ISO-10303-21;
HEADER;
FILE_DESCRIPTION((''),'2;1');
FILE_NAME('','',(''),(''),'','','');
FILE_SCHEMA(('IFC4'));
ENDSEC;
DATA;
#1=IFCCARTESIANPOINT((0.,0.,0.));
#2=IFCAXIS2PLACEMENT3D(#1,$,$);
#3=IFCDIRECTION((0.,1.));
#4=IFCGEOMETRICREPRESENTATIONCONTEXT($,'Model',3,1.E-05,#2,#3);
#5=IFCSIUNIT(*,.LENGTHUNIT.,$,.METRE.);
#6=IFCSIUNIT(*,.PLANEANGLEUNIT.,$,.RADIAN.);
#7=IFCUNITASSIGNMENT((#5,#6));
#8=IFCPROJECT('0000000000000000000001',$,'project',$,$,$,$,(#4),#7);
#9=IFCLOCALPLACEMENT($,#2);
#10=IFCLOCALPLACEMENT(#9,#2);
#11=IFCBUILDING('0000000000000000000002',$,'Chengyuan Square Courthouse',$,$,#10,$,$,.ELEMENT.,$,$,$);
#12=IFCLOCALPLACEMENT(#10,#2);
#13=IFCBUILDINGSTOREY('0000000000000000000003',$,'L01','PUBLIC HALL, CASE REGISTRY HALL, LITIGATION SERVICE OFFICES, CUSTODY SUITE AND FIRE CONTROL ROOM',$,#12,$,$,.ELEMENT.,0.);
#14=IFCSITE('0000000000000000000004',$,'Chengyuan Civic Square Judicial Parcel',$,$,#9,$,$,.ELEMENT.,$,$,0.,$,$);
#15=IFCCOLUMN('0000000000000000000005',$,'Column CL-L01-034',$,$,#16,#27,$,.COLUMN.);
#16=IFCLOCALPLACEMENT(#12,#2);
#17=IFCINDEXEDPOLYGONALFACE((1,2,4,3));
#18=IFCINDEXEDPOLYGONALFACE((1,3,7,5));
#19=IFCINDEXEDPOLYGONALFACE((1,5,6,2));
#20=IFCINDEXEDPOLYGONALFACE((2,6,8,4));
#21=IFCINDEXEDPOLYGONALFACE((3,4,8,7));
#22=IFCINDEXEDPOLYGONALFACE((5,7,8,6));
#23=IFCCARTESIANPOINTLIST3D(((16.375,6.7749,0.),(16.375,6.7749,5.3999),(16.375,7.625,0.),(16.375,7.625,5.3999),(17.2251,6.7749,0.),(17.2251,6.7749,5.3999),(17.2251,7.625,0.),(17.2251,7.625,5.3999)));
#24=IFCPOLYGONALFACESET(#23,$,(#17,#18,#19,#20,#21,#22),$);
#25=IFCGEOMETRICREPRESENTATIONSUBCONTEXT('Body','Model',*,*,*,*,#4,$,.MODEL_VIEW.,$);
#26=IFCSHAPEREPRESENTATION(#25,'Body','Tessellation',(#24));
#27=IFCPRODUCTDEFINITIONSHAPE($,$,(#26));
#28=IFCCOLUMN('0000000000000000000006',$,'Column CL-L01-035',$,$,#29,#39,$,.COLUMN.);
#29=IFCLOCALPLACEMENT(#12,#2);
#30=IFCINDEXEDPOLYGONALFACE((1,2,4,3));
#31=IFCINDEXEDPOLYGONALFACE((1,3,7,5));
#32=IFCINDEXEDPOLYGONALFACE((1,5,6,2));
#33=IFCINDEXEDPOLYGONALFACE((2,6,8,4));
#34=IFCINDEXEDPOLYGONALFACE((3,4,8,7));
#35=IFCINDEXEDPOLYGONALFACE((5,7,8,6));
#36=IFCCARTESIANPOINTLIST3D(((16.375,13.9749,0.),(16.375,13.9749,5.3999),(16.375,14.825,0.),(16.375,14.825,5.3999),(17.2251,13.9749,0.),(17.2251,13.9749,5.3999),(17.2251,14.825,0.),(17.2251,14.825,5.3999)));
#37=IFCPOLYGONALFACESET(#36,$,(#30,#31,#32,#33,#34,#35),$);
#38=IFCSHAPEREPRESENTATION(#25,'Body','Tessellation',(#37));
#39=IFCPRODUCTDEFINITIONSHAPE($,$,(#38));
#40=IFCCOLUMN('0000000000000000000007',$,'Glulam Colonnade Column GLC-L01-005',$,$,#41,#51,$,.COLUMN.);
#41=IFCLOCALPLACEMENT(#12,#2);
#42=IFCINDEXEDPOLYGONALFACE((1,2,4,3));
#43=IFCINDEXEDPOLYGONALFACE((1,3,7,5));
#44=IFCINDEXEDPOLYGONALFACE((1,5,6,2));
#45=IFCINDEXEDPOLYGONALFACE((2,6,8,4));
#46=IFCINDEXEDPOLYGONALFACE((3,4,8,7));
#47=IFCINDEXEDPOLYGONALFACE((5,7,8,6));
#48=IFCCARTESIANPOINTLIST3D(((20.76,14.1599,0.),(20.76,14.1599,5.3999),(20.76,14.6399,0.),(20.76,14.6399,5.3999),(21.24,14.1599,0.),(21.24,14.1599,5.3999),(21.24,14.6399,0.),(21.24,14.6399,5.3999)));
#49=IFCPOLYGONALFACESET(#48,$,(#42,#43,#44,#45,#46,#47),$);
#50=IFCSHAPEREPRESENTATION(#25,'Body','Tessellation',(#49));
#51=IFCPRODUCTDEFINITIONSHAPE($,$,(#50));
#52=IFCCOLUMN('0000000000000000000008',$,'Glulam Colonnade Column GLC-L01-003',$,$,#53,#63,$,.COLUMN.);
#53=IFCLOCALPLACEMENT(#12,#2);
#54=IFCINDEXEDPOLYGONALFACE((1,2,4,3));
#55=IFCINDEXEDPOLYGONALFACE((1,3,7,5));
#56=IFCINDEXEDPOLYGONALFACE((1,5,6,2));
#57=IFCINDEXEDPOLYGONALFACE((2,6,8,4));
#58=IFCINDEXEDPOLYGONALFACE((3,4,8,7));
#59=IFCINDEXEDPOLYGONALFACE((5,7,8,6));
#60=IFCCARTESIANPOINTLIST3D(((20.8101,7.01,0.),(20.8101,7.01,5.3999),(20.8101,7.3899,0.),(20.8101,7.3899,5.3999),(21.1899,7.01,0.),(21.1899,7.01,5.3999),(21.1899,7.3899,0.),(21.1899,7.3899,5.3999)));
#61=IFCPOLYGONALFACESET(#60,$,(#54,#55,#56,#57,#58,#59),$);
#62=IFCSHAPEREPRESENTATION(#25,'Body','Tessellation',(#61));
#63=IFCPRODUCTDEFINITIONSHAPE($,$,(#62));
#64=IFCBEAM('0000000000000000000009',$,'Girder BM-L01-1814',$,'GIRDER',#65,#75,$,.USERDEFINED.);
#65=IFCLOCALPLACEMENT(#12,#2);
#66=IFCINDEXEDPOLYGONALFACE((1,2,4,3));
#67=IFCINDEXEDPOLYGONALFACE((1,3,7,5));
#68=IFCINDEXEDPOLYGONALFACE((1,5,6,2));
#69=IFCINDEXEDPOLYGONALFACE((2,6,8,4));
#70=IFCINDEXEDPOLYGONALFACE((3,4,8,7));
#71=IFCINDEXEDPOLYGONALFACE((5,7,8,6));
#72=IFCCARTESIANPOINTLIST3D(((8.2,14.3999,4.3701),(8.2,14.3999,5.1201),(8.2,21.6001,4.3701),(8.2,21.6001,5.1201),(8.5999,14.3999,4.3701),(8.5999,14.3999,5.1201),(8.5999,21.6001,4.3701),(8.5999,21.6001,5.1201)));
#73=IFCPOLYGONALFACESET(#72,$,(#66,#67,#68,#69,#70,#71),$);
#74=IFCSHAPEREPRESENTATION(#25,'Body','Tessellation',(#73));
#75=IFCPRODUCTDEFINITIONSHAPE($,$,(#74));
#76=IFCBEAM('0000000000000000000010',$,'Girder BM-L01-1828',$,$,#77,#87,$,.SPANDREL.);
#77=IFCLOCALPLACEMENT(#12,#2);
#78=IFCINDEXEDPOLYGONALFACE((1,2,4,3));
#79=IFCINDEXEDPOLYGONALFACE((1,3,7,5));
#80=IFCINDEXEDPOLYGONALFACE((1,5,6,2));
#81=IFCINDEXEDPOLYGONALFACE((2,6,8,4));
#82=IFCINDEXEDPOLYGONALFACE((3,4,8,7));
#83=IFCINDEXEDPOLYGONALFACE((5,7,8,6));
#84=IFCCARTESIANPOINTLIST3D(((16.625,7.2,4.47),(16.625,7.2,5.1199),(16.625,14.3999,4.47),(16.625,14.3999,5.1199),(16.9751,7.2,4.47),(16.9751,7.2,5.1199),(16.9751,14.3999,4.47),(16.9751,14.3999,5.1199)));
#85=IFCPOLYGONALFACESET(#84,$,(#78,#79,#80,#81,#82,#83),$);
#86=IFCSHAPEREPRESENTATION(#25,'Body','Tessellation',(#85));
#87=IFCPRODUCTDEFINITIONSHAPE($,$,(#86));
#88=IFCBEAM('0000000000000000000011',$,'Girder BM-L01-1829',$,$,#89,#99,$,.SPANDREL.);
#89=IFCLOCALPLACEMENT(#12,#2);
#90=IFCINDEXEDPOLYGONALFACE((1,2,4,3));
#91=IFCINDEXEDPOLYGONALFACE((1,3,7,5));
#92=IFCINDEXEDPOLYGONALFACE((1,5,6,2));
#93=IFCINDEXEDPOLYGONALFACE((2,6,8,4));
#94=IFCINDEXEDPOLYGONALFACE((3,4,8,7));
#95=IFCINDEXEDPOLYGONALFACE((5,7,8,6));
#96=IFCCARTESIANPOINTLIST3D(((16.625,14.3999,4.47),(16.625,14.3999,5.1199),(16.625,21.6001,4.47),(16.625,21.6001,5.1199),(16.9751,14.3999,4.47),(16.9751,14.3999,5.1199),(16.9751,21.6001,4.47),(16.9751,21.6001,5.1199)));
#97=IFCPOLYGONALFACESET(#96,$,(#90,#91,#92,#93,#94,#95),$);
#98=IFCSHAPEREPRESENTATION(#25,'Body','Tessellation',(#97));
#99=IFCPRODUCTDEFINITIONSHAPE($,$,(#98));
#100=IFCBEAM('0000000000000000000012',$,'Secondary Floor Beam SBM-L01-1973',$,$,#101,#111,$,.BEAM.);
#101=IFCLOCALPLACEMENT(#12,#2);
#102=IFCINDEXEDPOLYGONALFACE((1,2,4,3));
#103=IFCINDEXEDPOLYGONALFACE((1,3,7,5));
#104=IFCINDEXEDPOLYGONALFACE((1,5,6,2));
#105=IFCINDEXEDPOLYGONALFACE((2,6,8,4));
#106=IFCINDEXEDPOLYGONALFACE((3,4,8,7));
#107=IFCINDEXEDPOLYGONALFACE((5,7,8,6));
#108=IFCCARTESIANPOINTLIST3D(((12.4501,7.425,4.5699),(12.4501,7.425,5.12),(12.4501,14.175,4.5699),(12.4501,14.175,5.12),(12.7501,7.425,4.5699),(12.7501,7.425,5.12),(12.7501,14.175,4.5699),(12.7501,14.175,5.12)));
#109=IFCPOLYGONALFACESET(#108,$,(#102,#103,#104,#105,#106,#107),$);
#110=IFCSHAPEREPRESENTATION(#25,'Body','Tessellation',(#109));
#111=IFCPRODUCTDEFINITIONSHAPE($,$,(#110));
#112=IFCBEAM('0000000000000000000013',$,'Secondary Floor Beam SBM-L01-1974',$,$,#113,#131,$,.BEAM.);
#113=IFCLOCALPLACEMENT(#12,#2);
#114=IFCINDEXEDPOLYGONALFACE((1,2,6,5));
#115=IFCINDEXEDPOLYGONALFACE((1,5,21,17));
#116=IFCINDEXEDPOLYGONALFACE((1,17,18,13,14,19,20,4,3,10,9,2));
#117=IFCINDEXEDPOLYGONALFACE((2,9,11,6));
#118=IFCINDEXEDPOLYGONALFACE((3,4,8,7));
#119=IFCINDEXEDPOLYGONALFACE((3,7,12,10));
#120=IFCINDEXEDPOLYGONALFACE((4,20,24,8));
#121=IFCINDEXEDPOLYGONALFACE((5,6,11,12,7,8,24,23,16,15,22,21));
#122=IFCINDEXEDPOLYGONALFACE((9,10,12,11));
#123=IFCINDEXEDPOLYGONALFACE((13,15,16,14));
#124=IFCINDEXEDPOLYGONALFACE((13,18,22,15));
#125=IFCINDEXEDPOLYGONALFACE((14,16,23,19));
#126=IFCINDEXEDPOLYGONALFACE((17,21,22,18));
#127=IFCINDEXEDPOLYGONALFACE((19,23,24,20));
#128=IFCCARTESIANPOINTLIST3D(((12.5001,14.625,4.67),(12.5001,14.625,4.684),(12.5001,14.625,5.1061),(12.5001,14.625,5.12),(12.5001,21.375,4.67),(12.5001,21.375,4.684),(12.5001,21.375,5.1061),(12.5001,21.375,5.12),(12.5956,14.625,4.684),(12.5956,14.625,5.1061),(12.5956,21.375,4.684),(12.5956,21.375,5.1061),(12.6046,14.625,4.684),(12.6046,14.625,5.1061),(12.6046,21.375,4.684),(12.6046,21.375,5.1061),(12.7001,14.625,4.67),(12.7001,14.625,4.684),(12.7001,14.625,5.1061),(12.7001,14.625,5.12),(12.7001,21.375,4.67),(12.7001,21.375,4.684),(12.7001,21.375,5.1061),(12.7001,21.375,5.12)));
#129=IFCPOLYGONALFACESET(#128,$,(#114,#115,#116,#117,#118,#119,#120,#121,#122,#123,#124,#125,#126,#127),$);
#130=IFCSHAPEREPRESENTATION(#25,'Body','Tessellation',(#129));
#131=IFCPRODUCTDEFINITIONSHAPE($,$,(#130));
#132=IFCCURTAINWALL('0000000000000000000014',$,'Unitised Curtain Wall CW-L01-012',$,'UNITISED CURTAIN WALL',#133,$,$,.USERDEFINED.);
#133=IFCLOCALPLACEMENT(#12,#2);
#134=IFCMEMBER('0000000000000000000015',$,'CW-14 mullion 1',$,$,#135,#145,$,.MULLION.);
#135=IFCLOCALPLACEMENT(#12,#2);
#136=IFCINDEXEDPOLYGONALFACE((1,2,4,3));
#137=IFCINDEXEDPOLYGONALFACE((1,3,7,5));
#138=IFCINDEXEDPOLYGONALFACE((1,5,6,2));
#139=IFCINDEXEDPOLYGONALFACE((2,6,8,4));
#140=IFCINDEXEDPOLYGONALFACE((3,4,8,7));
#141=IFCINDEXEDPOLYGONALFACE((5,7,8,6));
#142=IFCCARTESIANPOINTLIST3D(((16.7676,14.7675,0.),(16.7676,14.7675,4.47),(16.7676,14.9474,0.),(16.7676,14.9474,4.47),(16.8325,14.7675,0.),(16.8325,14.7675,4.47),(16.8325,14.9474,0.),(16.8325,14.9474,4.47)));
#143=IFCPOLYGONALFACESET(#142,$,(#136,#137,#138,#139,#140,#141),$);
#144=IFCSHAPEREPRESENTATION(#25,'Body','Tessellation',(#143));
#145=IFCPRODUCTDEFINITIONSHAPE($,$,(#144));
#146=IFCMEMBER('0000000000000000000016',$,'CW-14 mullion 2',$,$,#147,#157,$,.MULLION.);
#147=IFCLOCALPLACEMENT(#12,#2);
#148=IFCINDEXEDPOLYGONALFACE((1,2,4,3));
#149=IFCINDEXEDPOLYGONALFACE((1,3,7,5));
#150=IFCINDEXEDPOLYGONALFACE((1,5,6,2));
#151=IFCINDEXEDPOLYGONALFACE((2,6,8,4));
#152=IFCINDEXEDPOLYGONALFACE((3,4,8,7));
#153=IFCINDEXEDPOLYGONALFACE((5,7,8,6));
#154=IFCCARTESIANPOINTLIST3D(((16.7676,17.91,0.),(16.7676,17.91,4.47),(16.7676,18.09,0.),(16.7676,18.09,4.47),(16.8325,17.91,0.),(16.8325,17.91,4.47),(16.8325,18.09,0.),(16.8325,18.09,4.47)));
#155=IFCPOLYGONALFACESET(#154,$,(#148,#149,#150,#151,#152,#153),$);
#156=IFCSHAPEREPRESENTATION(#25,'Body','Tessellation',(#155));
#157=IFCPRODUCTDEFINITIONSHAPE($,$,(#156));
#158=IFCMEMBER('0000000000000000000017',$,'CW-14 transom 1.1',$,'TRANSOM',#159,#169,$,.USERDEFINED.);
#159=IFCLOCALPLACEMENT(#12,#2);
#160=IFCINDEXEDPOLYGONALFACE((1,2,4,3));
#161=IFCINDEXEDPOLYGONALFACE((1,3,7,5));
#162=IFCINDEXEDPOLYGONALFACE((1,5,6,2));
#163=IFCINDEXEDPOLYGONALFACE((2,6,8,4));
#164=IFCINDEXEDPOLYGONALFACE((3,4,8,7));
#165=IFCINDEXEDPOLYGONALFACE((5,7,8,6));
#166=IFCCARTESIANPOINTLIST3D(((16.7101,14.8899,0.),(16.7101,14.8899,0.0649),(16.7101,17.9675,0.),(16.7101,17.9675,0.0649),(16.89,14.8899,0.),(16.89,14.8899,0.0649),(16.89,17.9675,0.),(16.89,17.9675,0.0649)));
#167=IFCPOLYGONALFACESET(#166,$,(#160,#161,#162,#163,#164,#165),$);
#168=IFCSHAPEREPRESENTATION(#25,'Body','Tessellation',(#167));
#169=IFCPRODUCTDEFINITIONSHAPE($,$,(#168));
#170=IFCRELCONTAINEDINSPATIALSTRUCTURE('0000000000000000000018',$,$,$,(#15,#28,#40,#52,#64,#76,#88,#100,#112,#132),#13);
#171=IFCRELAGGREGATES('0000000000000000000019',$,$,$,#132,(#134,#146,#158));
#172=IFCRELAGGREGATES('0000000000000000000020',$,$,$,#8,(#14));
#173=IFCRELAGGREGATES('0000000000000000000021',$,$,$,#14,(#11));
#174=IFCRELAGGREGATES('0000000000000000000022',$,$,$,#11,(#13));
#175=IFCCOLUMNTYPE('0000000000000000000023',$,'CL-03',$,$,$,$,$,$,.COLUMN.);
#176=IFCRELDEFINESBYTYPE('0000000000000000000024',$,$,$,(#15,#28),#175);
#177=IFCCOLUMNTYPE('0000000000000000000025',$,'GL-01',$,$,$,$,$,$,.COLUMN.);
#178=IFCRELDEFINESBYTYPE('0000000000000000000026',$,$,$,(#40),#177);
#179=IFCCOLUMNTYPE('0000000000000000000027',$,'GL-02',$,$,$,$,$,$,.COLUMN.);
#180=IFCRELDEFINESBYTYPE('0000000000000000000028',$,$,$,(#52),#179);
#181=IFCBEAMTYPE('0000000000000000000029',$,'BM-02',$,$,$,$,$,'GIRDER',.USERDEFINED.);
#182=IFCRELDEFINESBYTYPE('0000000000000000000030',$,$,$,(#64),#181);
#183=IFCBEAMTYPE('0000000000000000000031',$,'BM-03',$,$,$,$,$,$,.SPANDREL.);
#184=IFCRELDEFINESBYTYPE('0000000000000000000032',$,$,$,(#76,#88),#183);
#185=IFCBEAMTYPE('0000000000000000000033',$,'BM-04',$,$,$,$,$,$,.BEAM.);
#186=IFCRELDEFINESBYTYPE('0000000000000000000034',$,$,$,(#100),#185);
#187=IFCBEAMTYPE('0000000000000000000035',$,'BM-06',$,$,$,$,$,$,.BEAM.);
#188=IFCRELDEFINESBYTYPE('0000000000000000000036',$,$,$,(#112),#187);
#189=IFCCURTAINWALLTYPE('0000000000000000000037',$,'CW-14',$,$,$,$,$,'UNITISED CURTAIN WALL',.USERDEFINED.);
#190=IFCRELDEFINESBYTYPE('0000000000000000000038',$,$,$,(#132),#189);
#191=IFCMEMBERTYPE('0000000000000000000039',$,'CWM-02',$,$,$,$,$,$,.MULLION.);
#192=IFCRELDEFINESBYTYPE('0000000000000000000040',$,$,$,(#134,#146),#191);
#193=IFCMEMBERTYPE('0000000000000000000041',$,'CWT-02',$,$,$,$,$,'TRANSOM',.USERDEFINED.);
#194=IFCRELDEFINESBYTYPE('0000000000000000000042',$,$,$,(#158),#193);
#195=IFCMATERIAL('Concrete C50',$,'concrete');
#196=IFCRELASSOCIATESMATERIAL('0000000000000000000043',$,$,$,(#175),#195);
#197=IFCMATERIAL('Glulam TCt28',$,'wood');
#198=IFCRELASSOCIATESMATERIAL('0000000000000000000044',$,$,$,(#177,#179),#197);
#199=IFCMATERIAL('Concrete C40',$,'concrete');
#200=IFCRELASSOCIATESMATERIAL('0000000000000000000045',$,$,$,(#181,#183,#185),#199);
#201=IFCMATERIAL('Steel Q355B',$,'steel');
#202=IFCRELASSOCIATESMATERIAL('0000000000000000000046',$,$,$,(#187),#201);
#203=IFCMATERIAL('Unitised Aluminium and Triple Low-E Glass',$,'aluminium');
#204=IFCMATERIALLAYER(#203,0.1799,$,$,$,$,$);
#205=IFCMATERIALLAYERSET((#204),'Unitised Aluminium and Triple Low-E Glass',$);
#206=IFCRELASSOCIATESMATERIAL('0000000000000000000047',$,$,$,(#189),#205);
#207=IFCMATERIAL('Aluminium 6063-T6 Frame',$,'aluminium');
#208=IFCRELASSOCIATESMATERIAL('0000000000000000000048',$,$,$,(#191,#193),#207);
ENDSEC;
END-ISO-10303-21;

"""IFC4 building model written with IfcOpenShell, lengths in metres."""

from ifc_helpers import new_model, si_unit, direction, frame, origin, origin_2d, place, context, subcontext, project, spatial, rectangle, i_section, extrude, material, layer, layer_set, material_profile, profile_set, type_object, element, aggregate, save


model = new_model("IFC4")

# Units and contexts
model_context = context("Model", 3, precision=1e-05, world=origin(), true_north=direction((0.0, 1.0)))
body_context = subcontext(model_context, "Body", "Model", "MODEL_VIEW")
ifc_project = project(units=[si_unit("LENGTHUNIT", "METRE"), si_unit("PLANEANGLEUNIT", "RADIAN")], contexts=[model_context])

# Site, building, storey
site_placement = place(None, origin())
site = spatial("IfcSite", under=ifc_project, at=site_placement, Name="Chengyuan Civic Square Judicial Parcel", CompositionType="ELEMENT", RefElevation=0.0)
building_placement = place(site_placement, origin())
building = spatial("IfcBuilding", under=site, at=building_placement, Name="Chengyuan Square Courthouse", CompositionType="ELEMENT")
storey_placement = place(building_placement, origin())
storey = spatial("IfcBuildingStorey", under=building, at=storey_placement, Name="L01", Description="PUBLIC HALL, CASE REGISTRY HALL, LITIGATION SERVICE OFFICES, CUSTODY SUITE AND FIRE CONTROL ROOM", CompositionType="ELEMENT", Elevation=0.0)

# Columns
ifc_material_1 = material(Name="Concrete C50", Category="concrete")
ifc_material_profile_1 = material_profile(ifc_material_1, rectangle(XDim=0.8501, YDim=0.8501, at=origin_2d()), Name="RC-COL-850x850")
ifc_profile_set_1 = profile_set([ifc_material_profile_1], Name="Concrete C50")
column_type_1 = type_object("IfcColumnType", Name="CL-03", PredefinedType="COLUMN", material=ifc_profile_set_1)
for number, where, z_axis, x_axis, name in (
    (1, (16.8, 7.2, 0.0), (0.0, 0.0, 1.0), (1.0, 0.0, 0.0), "Column CL-L01-034"),
    (2, (16.8, 14.3999, 0.0), (0.0, 0.0, 1.0), (1.0, 0.0, 0.0), "Column CL-L01-035"),
):
    element("IfcColumn", number, at=place(storey_placement, frame(where, z_axis=z_axis, x_axis=x_axis)), inside=storey, type_object=column_type_1, Name=name, PredefinedType="COLUMN", context=body_context, shape_type="SweptSolid", body=[
        extrude(rectangle(XDim=0.8501, YDim=0.8501, at=origin_2d()), origin(), (0.0, 0.0, 1.0), 5.3999),
    ])
ifc_material_2 = material(Name="Glulam TCt28", Category="wood")
ifc_material_profile_2 = material_profile(ifc_material_2, rectangle(XDim=0.48, YDim=0.48, at=origin_2d()), Name="GL-COL-480x480")
ifc_profile_set_2 = profile_set([ifc_material_profile_2], Name="Glulam TCt28")
column_type_2 = type_object("IfcColumnType", Name="GL-01", PredefinedType="COLUMN", material=ifc_profile_set_2)
column_1_placement = place(storey_placement, frame((21.0, 14.3999, 0.0), z_axis=(0.0, 0.0, 1.0), x_axis=(1.0, 0.0, 0.0)))
element("IfcColumn", 3, at=column_1_placement, inside=storey, type_object=column_type_2, Name="Glulam Colonnade Column GLC-L01-005", PredefinedType="COLUMN", context=body_context, shape_type="SweptSolid", body=[
    extrude(rectangle(XDim=0.48, YDim=0.48, at=origin_2d()), origin(), (0.0, 0.0, 1.0), 5.3999),
])
ifc_material_profile_3 = material_profile(ifc_material_2, rectangle(XDim=0.3799, YDim=0.3799, at=origin_2d()), Name="GL-COL-380x380")
ifc_profile_set_3 = profile_set([ifc_material_profile_3], Name="Glulam TCt28")
column_type_3 = type_object("IfcColumnType", Name="GL-02", PredefinedType="COLUMN", material=ifc_profile_set_3)
column_2_placement = place(storey_placement, frame((21.0, 7.2, 0.0), z_axis=(0.0, 0.0, 1.0), x_axis=(1.0, 0.0, 0.0)))
element("IfcColumn", 4, at=column_2_placement, inside=storey, type_object=column_type_3, Name="Glulam Colonnade Column GLC-L01-003", PredefinedType="COLUMN", context=body_context, shape_type="SweptSolid", body=[
    extrude(rectangle(XDim=0.3799, YDim=0.3799, at=origin_2d()), origin(), (0.0, 0.0, 1.0), 5.3999),
])

# Beams
ifc_material_3 = material(Name="Concrete C40", Category="concrete")
ifc_material_profile_4 = material_profile(ifc_material_3, rectangle(XDim=0.3999, YDim=0.75, at=origin_2d()), Name="RC-BM-400x750")
ifc_profile_set_4 = profile_set([ifc_material_profile_4], Name="Concrete C40")
beam_type_1 = type_object("IfcBeamType", Name="BM-02", ElementType="GIRDER", PredefinedType="USERDEFINED", material=ifc_profile_set_4)
beam_1_placement = place(storey_placement, frame((8.3999, 14.3999, 4.7451), z_axis=(0.0, 1.0, 0.0), x_axis=(-1.0, 0.0, 0.0)))
element("IfcBeam", 5, at=beam_1_placement, inside=storey, type_object=beam_type_1, Name="Girder BM-L01-1814", ObjectType="GIRDER", PredefinedType="USERDEFINED", context=body_context, shape_type="SweptSolid", body=[
    extrude(rectangle(XDim=0.3999, YDim=0.75, at=origin_2d()), origin(), (0.0, 0.0, 1.0), 7.2002),
])
ifc_material_profile_5 = material_profile(ifc_material_3, rectangle(XDim=0.3501, YDim=0.6499, at=origin_2d()), Name="RC-BM-350x650")
ifc_profile_set_5 = profile_set([ifc_material_profile_5], Name="Concrete C40")
beam_type_2 = type_object("IfcBeamType", Name="BM-03", PredefinedType="SPANDREL", material=ifc_profile_set_5)
beam_2_placement = place(storey_placement, frame((16.8, 7.2, 4.7949), z_axis=(0.0, 1.0, 0.0), x_axis=(-1.0, 0.0, 0.0)))
element("IfcBeam", 6, at=beam_2_placement, inside=storey, type_object=beam_type_2, Name="Girder BM-L01-1828", PredefinedType="SPANDREL", context=body_context, shape_type="SweptSolid", body=[
    extrude(rectangle(XDim=0.3501, YDim=0.6499, at=origin_2d()), origin(), (0.0, 0.0, 1.0), 7.2),
])
beam_3_placement = place(storey_placement, frame((16.8, 14.3999, 4.7949), z_axis=(0.0, 1.0, 0.0), x_axis=(-1.0, 0.0, 0.0)))
element("IfcBeam", 7, at=beam_3_placement, inside=storey, type_object=beam_type_2, Name="Girder BM-L01-1829", PredefinedType="SPANDREL", context=body_context, shape_type="SweptSolid", body=[
    extrude(rectangle(XDim=0.3501, YDim=0.6499, at=origin_2d()), origin(), (0.0, 0.0, 1.0), 7.2002),
])
ifc_material_profile_6 = material_profile(ifc_material_3, rectangle(XDim=0.3, YDim=0.55, at=origin_2d()), Name="RC-BM-300x550")
ifc_profile_set_6 = profile_set([ifc_material_profile_6], Name="Concrete C40")
beam_type_3 = type_object("IfcBeamType", Name="BM-04", PredefinedType="BEAM", material=ifc_profile_set_6)
beam_4_placement = place(storey_placement, frame((12.6001, 7.425, 4.845), z_axis=(0.0, 1.0, 0.0), x_axis=(-1.0, 0.0, 0.0)))
element("IfcBeam", 8, at=beam_4_placement, inside=storey, type_object=beam_type_3, Name="Secondary Floor Beam SBM-L01-1973", PredefinedType="BEAM", context=body_context, shape_type="SweptSolid", body=[
    extrude(rectangle(XDim=0.3, YDim=0.55, at=origin_2d()), origin(), (0.0, 0.0, 1.0), 6.75),
])
ifc_material_4 = material(Name="Steel Q355B", Category="steel")
ifc_material_profile_7 = material_profile(ifc_material_4, i_section(OverallWidth=0.2, OverallDepth=0.45, WebThickness=0.009, FlangeThickness=0.0139, at=origin_2d()), Name="HN 450x200x9x14")
ifc_profile_set_7 = profile_set([ifc_material_profile_7], Name="Steel Q355B")
beam_type_4 = type_object("IfcBeamType", Name="BM-06", PredefinedType="BEAM", material=ifc_profile_set_7)
beam_5_placement = place(storey_placement, frame((12.6001, 14.625, 4.895), z_axis=(0.0, 1.0, 0.0), x_axis=(-1.0, 0.0, 0.0)))
element("IfcBeam", 9, at=beam_5_placement, inside=storey, type_object=beam_type_4, Name="Secondary Floor Beam SBM-L01-1974", PredefinedType="BEAM", context=body_context, shape_type="SweptSolid", body=[
    extrude(i_section(OverallWidth=0.2, OverallDepth=0.45, WebThickness=0.009, FlangeThickness=0.0139, at=origin_2d()), origin(), (0.0, 0.0, 1.0), 6.75),
])

# Curtain wall, members
ifc_material_5 = material(Name="Unitised Aluminium and Triple Low-E Glass", Category="aluminium")
ifc_layer_1 = layer(ifc_material_5, 0.1799)
ifc_layer_set_1 = layer_set([ifc_layer_1], Name="Unitised Aluminium and Triple Low-E Glass")
curtain_wall_type = type_object("IfcCurtainWallType", Name="CW-14", ElementType="UNITISED CURTAIN WALL", PredefinedType="USERDEFINED", material=ifc_layer_set_1)
curtain_wall_placement = place(storey_placement, origin())
curtain_wall = element("IfcCurtainWall", 10, at=curtain_wall_placement, inside=storey, type_object=curtain_wall_type, Name="Unitised Curtain Wall CW-L01-012", ObjectType="UNITISED CURTAIN WALL", PredefinedType="USERDEFINED")
ifc_material_6 = material(Name="Aluminium 6063-T6 Frame", Category="aluminium")
ifc_material_profile_8 = material_profile(ifc_material_6, rectangle(XDim=0.0649, YDim=0.1799, at=origin_2d()), Name="CW-MUL-65x180")
ifc_profile_set_8 = profile_set([ifc_material_profile_8], Name="Aluminium 6063-T6 Frame")
member_type_1 = type_object("IfcMemberType", Name="CWM-02", PredefinedType="MULLION", material=ifc_profile_set_8)
member_1_placement = place(storey_placement, frame((16.8, 14.8574, 0.0), z_axis=(0.0, 0.0, 1.0), x_axis=(-1.0, 0.0, 0.0)))
member_1 = element("IfcMember", 11, at=member_1_placement, type_object=member_type_1, Name="CW-14 mullion 1", PredefinedType="MULLION", context=body_context, shape_type="SweptSolid", body=[
    extrude(rectangle(XDim=0.0649, YDim=0.1799, at=origin_2d()), origin(), (0.0, 0.0, 1.0), 4.47),
])
member_2_placement = place(storey_placement, frame((16.8, 18.0, 0.0), z_axis=(0.0, 0.0, 1.0), x_axis=(-1.0, 0.0, 0.0)))
member_2 = element("IfcMember", 12, at=member_2_placement, type_object=member_type_1, Name="CW-14 mullion 2", PredefinedType="MULLION", context=body_context, shape_type="SweptSolid", body=[
    extrude(rectangle(XDim=0.0649, YDim=0.1799, at=origin_2d()), origin(), (0.0, 0.0, 1.0), 4.47),
])
ifc_material_profile_9 = material_profile(ifc_material_6, rectangle(XDim=0.1799, YDim=0.0649, at=origin_2d()), Name="CW-TRN-65x140")
ifc_profile_set_9 = profile_set([ifc_material_profile_9], Name="Aluminium 6063-T6 Frame")
member_type_2 = type_object("IfcMemberType", Name="CWT-02", ElementType="TRANSOM", PredefinedType="USERDEFINED", material=ifc_profile_set_9)
member_3_placement = place(storey_placement, frame((16.8, 14.8899, 0.0325), z_axis=(0.0, 1.0, 0.0), x_axis=(-1.0, 0.0, 0.0)))
member_3 = element("IfcMember", 13, at=member_3_placement, type_object=member_type_2, Name="CW-14 transom 1.1", ObjectType="TRANSOM", PredefinedType="USERDEFINED", context=body_context, shape_type="SweptSolid", body=[
    extrude(rectangle(XDim=0.1799, YDim=0.0649, at=origin_2d()), origin(), (0.0, 0.0, 1.0), 3.0776),
])

aggregate(curtain_wall, [member_1, member_2, member_3])

save(model, "model.ifc")
